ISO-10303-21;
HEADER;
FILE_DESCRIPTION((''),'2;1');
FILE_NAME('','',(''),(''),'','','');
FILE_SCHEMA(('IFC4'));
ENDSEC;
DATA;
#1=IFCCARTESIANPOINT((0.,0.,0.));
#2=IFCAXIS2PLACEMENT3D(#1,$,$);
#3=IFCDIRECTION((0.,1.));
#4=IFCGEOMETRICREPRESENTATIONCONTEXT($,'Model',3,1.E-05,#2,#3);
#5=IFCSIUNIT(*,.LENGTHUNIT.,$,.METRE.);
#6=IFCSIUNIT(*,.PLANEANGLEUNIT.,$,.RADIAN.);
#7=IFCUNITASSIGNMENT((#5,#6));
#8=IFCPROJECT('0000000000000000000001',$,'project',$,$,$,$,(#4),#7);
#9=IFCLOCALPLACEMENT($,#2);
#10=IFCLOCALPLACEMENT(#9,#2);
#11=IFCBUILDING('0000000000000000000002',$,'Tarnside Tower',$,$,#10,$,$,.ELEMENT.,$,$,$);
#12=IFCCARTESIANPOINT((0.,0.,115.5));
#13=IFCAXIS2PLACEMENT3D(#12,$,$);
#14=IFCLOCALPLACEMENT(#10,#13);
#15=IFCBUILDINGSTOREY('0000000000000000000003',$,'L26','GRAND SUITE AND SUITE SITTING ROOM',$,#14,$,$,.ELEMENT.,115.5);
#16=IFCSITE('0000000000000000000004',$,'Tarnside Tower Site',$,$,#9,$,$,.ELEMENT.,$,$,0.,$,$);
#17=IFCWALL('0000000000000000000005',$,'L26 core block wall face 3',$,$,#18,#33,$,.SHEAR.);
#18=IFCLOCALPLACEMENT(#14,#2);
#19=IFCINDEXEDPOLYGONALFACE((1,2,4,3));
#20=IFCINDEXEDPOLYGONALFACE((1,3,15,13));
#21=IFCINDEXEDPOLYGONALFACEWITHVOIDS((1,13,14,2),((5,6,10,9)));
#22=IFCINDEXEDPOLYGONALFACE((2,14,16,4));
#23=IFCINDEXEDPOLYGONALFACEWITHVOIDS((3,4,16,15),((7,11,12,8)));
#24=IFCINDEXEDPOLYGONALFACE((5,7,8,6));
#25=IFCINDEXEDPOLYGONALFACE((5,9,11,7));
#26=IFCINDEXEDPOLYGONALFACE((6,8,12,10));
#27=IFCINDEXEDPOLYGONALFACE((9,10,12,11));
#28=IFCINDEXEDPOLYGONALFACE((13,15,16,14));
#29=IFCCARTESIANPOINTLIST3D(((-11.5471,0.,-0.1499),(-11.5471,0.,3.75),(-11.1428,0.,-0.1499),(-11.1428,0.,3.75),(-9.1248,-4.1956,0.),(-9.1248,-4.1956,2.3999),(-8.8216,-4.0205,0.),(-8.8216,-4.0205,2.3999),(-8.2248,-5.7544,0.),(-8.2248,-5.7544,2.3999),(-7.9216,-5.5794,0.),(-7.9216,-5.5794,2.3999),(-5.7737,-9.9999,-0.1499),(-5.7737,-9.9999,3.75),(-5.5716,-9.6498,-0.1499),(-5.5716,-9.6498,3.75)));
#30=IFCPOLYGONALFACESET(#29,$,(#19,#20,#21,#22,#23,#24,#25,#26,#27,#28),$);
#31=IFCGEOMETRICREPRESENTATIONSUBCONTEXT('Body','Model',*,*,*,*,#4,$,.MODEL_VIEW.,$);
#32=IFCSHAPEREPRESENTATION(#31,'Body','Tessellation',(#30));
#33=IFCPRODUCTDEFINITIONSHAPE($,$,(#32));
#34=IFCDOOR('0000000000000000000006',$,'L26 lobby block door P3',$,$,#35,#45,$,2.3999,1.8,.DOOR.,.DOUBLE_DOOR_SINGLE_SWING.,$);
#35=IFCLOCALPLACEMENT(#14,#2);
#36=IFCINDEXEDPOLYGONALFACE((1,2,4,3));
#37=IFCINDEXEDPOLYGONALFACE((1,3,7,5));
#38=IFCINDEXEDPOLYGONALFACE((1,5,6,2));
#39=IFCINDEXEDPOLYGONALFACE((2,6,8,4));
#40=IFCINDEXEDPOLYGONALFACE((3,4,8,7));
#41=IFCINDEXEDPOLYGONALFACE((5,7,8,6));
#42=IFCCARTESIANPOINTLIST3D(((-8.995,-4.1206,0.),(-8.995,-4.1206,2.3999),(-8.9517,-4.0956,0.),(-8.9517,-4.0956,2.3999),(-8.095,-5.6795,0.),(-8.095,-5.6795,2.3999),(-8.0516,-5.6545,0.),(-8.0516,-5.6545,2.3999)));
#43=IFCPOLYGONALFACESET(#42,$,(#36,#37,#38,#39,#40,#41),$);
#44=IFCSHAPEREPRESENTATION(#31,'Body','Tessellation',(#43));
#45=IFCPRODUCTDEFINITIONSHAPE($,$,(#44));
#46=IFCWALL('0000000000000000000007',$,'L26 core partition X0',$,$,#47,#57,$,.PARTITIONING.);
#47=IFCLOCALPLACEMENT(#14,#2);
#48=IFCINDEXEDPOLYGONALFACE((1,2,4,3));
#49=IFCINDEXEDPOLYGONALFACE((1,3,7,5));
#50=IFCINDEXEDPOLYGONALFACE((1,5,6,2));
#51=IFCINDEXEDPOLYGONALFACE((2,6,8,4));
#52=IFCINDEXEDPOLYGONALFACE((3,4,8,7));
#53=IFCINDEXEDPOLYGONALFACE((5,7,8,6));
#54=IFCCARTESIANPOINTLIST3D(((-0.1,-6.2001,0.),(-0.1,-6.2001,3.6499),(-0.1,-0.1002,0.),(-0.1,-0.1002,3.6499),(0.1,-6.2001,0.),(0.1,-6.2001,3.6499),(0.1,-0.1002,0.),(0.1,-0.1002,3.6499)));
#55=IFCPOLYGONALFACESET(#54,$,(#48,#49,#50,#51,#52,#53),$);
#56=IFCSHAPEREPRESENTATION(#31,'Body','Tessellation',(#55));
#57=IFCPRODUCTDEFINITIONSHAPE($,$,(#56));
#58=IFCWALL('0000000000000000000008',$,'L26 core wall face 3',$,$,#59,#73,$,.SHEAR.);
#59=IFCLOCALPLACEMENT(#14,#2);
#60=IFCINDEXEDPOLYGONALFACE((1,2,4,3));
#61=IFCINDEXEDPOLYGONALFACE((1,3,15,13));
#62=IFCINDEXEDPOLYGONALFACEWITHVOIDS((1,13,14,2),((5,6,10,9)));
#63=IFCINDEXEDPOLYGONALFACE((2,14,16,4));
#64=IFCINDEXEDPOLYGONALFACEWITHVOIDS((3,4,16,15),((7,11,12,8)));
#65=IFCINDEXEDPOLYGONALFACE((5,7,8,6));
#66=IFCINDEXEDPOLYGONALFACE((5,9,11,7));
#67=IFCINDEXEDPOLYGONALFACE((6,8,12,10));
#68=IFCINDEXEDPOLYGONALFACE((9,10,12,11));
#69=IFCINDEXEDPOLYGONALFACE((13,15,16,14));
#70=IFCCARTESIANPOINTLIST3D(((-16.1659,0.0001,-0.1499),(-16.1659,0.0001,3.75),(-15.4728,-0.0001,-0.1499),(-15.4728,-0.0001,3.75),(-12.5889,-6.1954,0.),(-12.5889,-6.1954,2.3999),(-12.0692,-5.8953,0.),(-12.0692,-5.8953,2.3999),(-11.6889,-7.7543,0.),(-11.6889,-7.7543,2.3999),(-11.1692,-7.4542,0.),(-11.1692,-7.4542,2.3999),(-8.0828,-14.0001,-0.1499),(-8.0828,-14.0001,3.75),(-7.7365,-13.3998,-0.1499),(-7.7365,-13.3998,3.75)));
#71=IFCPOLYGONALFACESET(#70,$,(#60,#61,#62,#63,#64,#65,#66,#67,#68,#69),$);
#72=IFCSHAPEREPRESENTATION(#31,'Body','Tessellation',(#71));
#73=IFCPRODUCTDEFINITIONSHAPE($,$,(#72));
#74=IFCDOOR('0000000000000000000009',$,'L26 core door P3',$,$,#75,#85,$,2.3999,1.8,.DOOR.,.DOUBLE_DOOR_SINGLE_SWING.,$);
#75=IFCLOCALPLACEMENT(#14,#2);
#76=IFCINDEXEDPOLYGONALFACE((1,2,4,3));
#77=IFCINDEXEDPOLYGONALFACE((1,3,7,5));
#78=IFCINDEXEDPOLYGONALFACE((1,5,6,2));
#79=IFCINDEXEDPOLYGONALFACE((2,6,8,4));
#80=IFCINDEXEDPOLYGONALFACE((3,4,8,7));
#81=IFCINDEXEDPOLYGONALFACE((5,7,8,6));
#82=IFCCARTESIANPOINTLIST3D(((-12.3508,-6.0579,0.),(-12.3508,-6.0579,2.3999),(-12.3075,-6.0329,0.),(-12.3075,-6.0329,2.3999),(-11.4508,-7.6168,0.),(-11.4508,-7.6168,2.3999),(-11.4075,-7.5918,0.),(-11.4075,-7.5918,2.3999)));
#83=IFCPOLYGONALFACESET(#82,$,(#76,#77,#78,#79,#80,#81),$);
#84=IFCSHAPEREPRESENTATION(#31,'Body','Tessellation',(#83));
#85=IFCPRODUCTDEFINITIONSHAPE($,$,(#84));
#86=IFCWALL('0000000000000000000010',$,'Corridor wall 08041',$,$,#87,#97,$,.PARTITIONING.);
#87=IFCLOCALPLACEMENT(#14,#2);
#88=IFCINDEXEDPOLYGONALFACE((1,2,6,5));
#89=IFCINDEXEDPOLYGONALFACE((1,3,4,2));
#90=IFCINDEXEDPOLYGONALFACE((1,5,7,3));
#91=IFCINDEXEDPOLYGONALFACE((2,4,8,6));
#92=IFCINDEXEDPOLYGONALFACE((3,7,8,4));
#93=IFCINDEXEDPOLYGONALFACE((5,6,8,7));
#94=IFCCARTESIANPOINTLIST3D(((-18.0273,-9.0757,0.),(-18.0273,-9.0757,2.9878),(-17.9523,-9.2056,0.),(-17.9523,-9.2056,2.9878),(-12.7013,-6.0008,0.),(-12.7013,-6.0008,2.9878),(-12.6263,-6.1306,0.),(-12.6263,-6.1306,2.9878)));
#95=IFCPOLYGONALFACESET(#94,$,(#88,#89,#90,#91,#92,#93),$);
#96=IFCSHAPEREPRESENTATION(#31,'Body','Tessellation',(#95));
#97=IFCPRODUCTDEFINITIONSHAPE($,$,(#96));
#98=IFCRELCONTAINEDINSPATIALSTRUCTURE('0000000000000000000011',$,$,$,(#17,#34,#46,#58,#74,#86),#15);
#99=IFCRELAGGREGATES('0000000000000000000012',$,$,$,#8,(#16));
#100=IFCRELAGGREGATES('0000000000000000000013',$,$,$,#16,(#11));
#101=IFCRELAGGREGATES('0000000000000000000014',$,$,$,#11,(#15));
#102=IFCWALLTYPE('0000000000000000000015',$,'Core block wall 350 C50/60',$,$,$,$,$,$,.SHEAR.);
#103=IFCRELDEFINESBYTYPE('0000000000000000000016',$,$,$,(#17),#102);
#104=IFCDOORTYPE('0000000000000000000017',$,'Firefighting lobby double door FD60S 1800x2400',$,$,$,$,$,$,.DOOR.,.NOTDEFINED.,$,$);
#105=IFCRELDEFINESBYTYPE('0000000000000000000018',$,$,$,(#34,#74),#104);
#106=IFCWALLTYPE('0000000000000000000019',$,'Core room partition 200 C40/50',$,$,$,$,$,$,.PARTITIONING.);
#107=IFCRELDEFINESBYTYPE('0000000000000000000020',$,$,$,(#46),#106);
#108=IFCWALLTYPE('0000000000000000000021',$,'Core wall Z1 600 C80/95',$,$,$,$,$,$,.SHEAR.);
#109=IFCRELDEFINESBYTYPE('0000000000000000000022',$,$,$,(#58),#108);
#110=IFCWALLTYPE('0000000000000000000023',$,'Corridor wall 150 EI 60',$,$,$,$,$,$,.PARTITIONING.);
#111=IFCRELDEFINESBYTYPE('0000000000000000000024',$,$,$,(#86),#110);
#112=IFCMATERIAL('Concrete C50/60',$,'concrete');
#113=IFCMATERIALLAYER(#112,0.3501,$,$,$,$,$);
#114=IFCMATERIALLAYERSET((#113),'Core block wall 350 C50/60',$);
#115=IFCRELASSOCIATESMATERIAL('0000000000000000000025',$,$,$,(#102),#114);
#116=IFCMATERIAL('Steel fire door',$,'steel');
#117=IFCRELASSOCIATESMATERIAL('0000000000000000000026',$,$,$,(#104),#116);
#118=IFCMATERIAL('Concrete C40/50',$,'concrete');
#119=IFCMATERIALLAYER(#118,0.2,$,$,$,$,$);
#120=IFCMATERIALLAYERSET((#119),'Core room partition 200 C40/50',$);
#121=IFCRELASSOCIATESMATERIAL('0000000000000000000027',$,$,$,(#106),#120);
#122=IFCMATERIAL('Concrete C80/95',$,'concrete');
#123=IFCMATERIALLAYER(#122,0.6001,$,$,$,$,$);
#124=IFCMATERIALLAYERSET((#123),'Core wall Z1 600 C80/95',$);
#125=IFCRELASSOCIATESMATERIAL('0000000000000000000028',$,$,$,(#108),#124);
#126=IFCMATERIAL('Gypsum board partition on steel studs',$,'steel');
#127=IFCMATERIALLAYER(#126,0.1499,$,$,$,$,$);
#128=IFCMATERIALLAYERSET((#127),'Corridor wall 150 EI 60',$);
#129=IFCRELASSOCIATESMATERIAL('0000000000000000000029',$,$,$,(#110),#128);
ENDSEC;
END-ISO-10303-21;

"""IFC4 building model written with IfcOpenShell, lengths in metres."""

from ifc_helpers import new_model, si_unit, direction, frame, frame_2d, origin, place, context, subcontext, project, spatial, polyline, rectangle, outline, extrude, material, layer, layer_set, type_object, element, fill, save


model = new_model("IFC4")

# Units and contexts
model_context = context("Model", 3, precision=1e-05, world=origin(), true_north=direction((0.0, 1.0)))
body_context = subcontext(model_context, "Body", "Model", "MODEL_VIEW")
ifc_project = project(units=[si_unit("LENGTHUNIT", "METRE"), si_unit("PLANEANGLEUNIT", "RADIAN")], contexts=[model_context])

# Site, building, storey
site_placement = place(None, origin())
site = spatial("IfcSite", under=ifc_project, at=site_placement, Name="Tarnside Tower Site", CompositionType="ELEMENT", RefElevation=0.0)
building_placement = place(site_placement, origin())
building = spatial("IfcBuilding", under=site, at=building_placement, Name="Tarnside Tower", CompositionType="ELEMENT")
storey_placement = place(building_placement, frame((0.0, 0.0, 115.5)))
storey = spatial("IfcBuildingStorey", under=building, at=storey_placement, Name="L26", Description="GRAND SUITE AND SUITE SITTING ROOM", CompositionType="ELEMENT", Elevation=115.5)

# Wall, opening, door
ifc_material_1 = material(Name="Concrete C50/60", Category="concrete")
ifc_layer_1 = layer(ifc_material_1, 0.3501)
ifc_layer_set_1 = layer_set([ifc_layer_1], Name="Core block wall 350 C50/60")
wall_type_1 = type_object("IfcWallType", Name="Core block wall 350 C50/60", PredefinedType="SHEAR", material=ifc_layer_set_1)
wall_1_placement = place(storey_placement, frame((-11.345, 0.0, -0.1499), z_axis=(0.0, 0.0, 1.0), x_axis=(0.499995, -0.866028, 0.0)))
wall_1 = element("IfcWall", 1, at=wall_1_placement, inside=storey, type_object=wall_type_1, Name="L26 core block wall face 3", PredefinedType="SHEAR", context=body_context, shape_type="SweptSolid", body=[
    extrude(outline(polyline([(-0.1011, -0.175), (11.4458, -0.175), (11.2437, 0.175), (0.1011, 0.175), (-0.1011, -0.175)])), origin(), (0.0, 0.0, 1.0), 3.8999),
])
opening_1_placement = place(wall_1_placement, frame((4.7437, 0.0, 0.1499)))
opening_1 = element("IfcOpeningElement", 2, at=opening_1_placement, cuts=wall_1, PredefinedType="OPENING", context=body_context, shape_type="SweptSolid", body=[
    extrude(rectangle(XDim=1.8, YDim=2.3999, at=frame_2d((0.8999, 1.2))), frame((0.0, 0.1851, 0.0), z_axis=(0.0, -1.0, 0.0), x_axis=(1.0, 0.0, 0.0)), (0.0, 0.0, 1.0), 0.3701),
])
ifc_material_2 = material(Name="Steel fire door", Category="steel")
door_type_1 = type_object("IfcDoorType", Name="Firefighting lobby double door FD60S 1800x2400", OperationType="NOTDEFINED", PredefinedType="DOOR", material=ifc_material_2)
door_1_placement = place(opening_1_placement, origin())
door_1 = element("IfcDoor", 3, at=door_1_placement, inside=storey, type_object=door_type_1, Name="L26 lobby block door P3", OperationType="DOUBLE_DOOR_SINGLE_SWING", OverallHeight=2.3999, OverallWidth=1.8, PredefinedType="DOOR", context=body_context, shape_type="SweptSolid", body=[
    extrude(rectangle(XDim=1.8, YDim=2.3999, at=frame_2d((0.8999, 1.2))), frame((0.0, 0.0249, 0.0), z_axis=(0.0, -1.0, 0.0), x_axis=(1.0, 0.0, 0.0)), (0.0, 0.0, 1.0), 0.05),
])
fill(opening_1, door_1)

# Wall
ifc_material_3 = material(Name="Concrete C40/50", Category="concrete")
ifc_layer_2 = layer(ifc_material_3, 0.2)
ifc_layer_set_2 = layer_set([ifc_layer_2], Name="Core room partition 200 C40/50")
wall_type_2 = type_object("IfcWallType", Name="Core room partition 200 C40/50", PredefinedType="PARTITIONING", material=ifc_layer_set_2)
wall_2_placement = place(storey_placement, frame((0.0, -6.2, 0.0), z_axis=(0.0, 0.0, 1.0), x_axis=(0.0, 1.0, 0.0)))
element("IfcWall", 4, at=wall_2_placement, inside=storey, type_object=wall_type_2, Name="L26 core partition X0", PredefinedType="PARTITIONING", context=body_context, shape_type="SweptSolid", body=[
    extrude(rectangle(XDim=6.0999, YDim=0.2, at=frame_2d((3.0498, 0.0))), origin(), (0.0, 0.0, 1.0), 3.6499),
])

# Wall, opening, door
ifc_material_4 = material(Name="Concrete C80/95", Category="concrete")
ifc_layer_3 = layer(ifc_material_4, 0.6001)
ifc_layer_set_3 = layer_set([ifc_layer_3], Name="Core wall Z1 600 C80/95")
wall_type_3 = type_object("IfcWallType", Name="Core wall Z1 600 C80/95", PredefinedType="SHEAR", material=ifc_layer_set_3)
wall_3_placement = place(storey_placement, frame((-15.8193, 0.0, -0.1499), z_axis=(0.0, 0.0, 1.0), x_axis=(0.5, -0.866025, 0.0)))
wall_3 = element("IfcWall", 5, at=wall_3_placement, inside=storey, type_object=wall_type_3, Name="L26 core wall face 3", PredefinedType="SHEAR", context=body_context, shape_type="SweptSolid", body=[
    extrude(outline(polyline([(-0.1733, -0.3), (15.9927, -0.3), (15.646, 0.3), (0.1733, 0.3), (-0.1733, -0.3)])), origin(), (0.0, 0.0, 1.0), 3.8999),
])
opening_2_placement = place(wall_3_placement, frame((6.9807, 0.0, 0.1499)))
opening_2 = element("IfcOpeningElement", 6, at=opening_2_placement, cuts=wall_3, PredefinedType="OPENING", context=body_context, shape_type="SweptSolid", body=[
    extrude(rectangle(XDim=1.8, YDim=2.3999, at=frame_2d((0.8999, 1.2))), frame((0.0, 0.3101, 0.0), z_axis=(0.0, -1.0, 0.0), x_axis=(1.0, 0.0, 0.0)), (0.0, 0.0, 1.0), 0.6201),
])
door_2_placement = place(opening_2_placement, origin())
door_2 = element("IfcDoor", 7, at=door_2_placement, inside=storey, type_object=door_type_1, Name="L26 core door P3", OperationType="DOUBLE_DOOR_SINGLE_SWING", OverallHeight=2.3999, OverallWidth=1.8, PredefinedType="DOOR", context=body_context, shape_type="SweptSolid", body=[
    extrude(rectangle(XDim=1.8, YDim=2.3999, at=frame_2d((0.8999, 1.2))), frame((0.0, 0.0249, 0.0), z_axis=(0.0, -1.0, 0.0), x_axis=(1.0, 0.0, 0.0)), (0.0, 0.0, 1.0), 0.05),
])
fill(opening_2, door_2)

# Wall
ifc_material_5 = material(Name="Gypsum board partition on steel studs", Category="steel")
ifc_layer_4 = layer(ifc_material_5, 0.1499)
ifc_layer_set_4 = layer_set([ifc_layer_4], Name="Corridor wall 150 EI 60")
wall_type_4 = type_object("IfcWallType", Name="Corridor wall 150 EI 60", PredefinedType="PARTITIONING", material=ifc_layer_set_4)
wall_4_placement = place(storey_placement, frame((-12.6638, -6.0657, 0.0), z_axis=(0.0, 0.0, 1.0), x_axis=(-0.866024, -0.500003, 0.0)))
element("IfcWall", 8, at=wall_4_placement, inside=storey, type_object=wall_type_4, Name="Corridor wall 08041", PredefinedType="PARTITIONING", context=body_context, shape_type="SweptSolid", body=[
    extrude(rectangle(XDim=6.1499, YDim=0.1499, at=frame_2d((3.075, 0.0))), origin(), (0.0, 0.0, 1.0), 2.9878),
])

save(model, "model.ifc")
